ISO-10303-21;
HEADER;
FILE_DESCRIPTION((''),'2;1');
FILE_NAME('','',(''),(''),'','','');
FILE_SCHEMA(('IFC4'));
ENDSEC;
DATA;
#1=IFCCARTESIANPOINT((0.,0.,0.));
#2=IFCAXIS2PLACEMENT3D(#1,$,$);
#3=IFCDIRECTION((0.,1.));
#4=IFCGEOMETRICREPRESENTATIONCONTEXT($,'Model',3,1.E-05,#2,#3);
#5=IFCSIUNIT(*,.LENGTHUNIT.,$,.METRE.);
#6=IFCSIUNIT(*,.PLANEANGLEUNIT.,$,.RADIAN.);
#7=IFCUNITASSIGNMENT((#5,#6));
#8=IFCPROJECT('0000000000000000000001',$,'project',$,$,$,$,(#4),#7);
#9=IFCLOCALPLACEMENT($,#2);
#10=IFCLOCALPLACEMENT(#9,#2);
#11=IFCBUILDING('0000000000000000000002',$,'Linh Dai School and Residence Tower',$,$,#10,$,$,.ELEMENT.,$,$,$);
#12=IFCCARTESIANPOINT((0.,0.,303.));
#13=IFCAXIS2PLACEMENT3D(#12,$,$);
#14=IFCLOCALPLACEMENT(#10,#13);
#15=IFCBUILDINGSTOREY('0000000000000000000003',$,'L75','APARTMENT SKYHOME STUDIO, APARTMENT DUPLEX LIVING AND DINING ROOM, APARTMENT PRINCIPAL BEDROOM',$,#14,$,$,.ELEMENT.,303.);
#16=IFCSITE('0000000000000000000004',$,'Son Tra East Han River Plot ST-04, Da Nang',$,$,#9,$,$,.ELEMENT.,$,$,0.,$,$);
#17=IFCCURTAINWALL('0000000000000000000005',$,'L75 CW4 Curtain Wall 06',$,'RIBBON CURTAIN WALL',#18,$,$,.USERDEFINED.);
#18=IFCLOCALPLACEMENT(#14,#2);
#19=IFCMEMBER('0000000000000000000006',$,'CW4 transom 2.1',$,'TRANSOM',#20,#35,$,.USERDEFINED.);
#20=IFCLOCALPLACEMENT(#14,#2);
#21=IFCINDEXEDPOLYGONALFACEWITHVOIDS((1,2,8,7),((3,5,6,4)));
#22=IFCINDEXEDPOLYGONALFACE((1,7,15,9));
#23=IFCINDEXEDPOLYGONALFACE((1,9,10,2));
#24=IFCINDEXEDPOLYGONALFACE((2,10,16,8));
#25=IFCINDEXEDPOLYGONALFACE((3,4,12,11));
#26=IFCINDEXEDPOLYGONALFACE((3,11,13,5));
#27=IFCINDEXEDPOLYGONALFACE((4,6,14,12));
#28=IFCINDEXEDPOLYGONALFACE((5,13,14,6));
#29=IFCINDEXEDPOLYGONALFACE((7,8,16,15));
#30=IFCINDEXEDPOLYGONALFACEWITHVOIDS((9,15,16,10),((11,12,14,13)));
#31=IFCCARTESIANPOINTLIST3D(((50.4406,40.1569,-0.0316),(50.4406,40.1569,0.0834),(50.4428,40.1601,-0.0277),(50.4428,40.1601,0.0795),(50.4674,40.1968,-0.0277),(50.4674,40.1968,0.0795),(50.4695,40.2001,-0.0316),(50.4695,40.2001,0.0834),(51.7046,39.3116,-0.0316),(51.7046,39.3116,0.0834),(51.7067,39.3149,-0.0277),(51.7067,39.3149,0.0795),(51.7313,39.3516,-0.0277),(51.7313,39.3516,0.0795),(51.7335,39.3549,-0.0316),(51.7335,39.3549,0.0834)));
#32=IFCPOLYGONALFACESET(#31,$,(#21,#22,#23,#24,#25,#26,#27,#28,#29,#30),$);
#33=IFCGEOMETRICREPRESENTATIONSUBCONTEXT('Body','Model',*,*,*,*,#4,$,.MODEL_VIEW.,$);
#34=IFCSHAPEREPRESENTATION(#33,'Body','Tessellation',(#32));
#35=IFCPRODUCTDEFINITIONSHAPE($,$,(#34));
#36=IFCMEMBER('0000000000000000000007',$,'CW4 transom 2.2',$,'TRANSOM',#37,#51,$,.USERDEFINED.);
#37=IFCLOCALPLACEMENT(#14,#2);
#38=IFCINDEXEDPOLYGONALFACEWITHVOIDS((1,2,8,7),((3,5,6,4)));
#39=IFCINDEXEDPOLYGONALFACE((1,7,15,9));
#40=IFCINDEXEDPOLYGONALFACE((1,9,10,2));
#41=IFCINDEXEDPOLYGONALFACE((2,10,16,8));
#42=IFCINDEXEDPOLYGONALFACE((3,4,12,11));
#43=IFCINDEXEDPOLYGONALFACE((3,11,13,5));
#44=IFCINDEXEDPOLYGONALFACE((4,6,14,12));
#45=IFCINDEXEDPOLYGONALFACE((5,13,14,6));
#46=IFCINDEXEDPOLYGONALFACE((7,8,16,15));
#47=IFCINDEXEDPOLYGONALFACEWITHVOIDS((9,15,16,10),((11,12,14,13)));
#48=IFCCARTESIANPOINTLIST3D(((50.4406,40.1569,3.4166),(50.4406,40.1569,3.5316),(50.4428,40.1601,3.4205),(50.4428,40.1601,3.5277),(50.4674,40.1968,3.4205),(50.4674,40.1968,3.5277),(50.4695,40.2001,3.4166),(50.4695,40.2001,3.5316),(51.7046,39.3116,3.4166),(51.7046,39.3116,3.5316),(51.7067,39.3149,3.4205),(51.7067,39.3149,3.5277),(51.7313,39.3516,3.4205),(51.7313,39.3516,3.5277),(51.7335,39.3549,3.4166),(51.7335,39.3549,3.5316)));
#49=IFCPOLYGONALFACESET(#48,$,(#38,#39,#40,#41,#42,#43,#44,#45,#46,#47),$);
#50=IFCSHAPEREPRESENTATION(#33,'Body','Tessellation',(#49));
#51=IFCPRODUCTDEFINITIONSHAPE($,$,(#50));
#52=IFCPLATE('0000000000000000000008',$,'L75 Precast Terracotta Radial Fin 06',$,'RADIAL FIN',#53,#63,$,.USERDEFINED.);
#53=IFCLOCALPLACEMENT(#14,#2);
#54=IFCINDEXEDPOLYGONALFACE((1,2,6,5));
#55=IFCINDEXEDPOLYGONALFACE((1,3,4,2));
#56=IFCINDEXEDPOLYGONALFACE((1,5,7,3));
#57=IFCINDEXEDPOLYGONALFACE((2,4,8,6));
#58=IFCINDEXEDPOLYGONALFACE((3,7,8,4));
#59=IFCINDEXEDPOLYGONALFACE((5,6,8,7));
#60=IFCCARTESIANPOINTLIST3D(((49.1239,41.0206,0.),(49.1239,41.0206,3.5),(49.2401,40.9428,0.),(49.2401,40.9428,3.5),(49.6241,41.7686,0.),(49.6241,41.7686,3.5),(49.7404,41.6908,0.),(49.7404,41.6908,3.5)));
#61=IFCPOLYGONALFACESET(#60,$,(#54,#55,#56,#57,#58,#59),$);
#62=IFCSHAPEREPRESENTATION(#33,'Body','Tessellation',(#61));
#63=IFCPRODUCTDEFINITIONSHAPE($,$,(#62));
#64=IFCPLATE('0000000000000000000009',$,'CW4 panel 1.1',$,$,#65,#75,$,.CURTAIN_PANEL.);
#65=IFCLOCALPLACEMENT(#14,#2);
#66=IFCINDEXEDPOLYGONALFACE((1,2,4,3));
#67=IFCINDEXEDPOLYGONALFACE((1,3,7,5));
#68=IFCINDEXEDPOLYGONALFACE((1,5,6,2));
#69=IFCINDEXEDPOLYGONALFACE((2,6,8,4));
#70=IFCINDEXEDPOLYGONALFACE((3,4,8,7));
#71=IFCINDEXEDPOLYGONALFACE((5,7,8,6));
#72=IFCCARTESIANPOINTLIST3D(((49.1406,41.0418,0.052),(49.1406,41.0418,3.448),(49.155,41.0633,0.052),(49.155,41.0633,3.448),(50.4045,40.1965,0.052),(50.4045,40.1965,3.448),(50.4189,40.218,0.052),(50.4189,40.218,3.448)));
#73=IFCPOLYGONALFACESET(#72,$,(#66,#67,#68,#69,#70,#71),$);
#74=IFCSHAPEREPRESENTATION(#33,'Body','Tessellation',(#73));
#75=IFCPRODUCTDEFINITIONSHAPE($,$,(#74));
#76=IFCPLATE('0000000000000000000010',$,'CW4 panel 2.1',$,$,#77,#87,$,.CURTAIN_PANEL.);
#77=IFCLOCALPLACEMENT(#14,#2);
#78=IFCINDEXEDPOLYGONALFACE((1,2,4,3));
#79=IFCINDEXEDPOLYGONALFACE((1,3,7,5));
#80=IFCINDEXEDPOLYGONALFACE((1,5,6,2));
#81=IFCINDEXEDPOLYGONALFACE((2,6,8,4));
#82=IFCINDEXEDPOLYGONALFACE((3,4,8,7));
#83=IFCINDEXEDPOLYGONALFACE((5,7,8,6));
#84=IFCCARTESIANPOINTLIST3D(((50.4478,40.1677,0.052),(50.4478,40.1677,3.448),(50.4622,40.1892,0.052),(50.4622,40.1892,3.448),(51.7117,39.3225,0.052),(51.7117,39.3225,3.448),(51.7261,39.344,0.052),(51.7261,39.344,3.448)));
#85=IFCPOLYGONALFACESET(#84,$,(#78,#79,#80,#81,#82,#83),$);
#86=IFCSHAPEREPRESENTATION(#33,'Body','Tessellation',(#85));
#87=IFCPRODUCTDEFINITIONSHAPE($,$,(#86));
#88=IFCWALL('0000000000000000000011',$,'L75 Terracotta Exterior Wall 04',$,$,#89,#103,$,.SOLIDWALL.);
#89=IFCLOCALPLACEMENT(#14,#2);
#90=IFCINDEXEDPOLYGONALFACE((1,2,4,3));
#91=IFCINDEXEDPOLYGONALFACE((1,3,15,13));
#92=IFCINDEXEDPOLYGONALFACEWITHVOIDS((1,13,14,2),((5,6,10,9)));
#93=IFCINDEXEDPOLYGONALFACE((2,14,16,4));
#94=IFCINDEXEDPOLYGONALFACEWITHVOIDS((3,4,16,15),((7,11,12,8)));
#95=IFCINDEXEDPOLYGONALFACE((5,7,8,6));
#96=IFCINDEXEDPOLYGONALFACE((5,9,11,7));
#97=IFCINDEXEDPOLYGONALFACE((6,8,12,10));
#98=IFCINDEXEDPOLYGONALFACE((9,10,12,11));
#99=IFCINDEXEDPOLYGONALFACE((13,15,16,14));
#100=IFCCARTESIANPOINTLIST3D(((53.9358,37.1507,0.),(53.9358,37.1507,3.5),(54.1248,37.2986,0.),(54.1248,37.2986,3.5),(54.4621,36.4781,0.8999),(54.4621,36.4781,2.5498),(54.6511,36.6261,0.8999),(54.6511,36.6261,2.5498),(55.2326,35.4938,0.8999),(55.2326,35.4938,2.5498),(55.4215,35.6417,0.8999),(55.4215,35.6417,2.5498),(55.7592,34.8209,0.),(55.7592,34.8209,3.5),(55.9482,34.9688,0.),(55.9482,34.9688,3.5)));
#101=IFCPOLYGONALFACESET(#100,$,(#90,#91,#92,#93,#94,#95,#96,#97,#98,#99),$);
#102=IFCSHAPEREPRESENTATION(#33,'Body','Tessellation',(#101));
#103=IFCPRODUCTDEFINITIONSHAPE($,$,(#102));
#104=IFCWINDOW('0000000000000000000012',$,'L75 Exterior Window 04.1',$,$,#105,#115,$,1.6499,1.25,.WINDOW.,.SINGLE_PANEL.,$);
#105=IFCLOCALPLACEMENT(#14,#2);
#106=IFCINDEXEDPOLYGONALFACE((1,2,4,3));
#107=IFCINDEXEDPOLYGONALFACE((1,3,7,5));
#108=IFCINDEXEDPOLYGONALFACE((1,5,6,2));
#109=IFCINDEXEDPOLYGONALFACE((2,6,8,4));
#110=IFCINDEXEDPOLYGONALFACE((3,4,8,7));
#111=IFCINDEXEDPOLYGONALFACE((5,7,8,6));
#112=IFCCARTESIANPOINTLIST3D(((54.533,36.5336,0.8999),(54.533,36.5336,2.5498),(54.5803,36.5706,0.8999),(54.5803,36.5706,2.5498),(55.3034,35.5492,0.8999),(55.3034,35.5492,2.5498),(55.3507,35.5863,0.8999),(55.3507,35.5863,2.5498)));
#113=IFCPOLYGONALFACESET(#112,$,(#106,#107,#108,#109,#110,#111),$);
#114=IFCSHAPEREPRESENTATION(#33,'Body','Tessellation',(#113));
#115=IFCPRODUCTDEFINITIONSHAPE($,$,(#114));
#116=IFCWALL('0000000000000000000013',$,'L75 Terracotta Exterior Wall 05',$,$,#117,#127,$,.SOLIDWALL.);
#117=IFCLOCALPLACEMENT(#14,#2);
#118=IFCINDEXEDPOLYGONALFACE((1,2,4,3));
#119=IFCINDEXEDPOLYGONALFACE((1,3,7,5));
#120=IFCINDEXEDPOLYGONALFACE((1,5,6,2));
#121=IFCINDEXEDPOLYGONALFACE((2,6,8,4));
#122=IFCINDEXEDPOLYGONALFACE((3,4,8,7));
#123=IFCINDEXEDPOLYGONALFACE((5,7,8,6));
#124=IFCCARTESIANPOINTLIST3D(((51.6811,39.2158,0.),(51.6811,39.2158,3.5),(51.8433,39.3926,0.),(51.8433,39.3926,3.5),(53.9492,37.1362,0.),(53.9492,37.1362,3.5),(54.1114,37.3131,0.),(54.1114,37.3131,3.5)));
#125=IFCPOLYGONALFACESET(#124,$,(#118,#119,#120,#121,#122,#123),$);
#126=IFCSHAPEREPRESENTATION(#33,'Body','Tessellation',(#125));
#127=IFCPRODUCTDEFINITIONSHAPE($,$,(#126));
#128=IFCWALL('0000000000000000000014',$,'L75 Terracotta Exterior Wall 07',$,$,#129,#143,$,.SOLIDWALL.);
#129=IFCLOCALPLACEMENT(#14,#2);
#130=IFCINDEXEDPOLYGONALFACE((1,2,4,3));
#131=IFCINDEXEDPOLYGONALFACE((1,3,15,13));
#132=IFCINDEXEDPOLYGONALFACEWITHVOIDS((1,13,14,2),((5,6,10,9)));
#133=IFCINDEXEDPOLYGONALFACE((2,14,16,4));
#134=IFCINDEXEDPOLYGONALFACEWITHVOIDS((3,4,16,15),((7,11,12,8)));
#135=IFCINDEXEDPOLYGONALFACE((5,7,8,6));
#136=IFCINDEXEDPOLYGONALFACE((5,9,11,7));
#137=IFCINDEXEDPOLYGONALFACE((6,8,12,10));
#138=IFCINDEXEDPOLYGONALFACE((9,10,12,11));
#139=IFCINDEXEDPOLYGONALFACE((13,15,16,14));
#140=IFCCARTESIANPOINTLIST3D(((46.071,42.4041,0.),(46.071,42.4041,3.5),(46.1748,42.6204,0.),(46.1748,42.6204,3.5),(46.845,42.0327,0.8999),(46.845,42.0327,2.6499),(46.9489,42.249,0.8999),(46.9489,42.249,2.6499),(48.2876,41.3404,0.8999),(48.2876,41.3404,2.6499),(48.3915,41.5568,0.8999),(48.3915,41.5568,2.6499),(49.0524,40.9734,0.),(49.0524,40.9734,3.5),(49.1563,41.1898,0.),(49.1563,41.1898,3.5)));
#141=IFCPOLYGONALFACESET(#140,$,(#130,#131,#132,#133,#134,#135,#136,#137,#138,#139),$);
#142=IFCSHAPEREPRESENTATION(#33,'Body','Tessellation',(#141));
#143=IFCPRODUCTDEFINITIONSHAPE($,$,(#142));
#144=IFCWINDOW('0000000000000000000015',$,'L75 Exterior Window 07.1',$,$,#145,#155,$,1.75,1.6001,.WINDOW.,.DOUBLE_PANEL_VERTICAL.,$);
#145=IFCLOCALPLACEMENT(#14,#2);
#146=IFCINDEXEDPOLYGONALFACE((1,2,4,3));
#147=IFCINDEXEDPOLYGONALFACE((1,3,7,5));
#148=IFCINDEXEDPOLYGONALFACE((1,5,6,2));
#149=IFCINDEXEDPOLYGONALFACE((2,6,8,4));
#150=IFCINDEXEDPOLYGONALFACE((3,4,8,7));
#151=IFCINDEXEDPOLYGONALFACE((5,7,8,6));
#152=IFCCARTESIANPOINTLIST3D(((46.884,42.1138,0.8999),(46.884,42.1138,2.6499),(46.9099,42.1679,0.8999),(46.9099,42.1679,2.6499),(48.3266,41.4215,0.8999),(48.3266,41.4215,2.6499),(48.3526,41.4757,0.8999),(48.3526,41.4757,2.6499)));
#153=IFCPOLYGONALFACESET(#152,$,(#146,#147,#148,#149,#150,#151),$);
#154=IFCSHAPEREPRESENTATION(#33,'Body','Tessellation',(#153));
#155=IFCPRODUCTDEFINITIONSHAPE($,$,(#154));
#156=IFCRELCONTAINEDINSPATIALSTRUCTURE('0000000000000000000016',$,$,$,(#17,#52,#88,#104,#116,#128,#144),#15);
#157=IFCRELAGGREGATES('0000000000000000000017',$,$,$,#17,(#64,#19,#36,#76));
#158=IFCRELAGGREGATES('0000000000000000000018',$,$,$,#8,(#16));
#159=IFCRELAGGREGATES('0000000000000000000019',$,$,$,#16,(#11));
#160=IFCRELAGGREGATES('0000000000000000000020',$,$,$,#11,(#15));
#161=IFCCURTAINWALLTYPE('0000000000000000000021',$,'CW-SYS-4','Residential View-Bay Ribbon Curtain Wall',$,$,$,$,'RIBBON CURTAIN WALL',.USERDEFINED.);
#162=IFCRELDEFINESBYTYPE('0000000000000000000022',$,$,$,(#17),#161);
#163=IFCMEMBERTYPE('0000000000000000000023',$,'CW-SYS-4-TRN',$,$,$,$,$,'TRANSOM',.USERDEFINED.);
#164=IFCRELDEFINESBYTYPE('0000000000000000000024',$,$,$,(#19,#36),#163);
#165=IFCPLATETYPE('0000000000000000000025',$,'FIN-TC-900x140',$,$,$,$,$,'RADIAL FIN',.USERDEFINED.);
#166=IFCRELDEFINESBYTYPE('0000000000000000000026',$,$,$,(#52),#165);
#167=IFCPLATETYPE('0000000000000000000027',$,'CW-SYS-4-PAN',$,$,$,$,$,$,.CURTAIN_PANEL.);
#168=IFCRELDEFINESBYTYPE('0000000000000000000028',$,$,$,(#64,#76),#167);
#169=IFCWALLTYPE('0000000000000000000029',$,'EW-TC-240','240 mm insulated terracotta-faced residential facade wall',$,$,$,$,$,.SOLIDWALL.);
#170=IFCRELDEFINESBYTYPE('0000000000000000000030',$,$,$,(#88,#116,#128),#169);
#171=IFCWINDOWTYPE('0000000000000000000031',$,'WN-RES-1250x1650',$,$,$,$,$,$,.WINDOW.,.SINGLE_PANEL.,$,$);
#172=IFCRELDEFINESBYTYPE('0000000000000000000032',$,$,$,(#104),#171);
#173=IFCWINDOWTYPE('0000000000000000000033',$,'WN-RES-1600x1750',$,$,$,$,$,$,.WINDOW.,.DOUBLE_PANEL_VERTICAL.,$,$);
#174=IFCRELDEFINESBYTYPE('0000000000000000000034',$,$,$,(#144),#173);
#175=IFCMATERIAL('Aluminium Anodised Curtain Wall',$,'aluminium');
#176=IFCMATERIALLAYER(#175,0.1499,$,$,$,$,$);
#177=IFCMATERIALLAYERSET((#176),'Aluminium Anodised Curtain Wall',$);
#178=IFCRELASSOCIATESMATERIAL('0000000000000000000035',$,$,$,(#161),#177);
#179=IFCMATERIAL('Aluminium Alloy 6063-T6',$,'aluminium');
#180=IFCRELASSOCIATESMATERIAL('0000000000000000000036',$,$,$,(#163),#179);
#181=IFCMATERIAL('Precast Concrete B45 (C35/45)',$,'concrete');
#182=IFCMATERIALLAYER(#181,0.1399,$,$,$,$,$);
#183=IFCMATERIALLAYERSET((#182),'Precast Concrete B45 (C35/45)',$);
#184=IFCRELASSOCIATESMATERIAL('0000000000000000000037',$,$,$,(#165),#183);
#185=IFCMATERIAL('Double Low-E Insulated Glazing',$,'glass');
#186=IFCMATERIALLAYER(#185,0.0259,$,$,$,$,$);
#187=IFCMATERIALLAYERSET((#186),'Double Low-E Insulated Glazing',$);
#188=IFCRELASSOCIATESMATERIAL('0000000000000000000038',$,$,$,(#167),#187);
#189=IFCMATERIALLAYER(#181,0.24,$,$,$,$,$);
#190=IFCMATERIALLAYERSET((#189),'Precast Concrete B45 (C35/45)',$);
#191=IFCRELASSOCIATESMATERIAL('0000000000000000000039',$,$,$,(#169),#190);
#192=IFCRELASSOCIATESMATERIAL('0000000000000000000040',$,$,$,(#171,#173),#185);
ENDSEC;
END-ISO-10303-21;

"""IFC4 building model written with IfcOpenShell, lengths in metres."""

from ifc_helpers import new_model, si_unit, direction, frame, frame_2d, origin, origin_2d, place, context, subcontext, project, spatial, rectangle, hollow_rectangle, extrude, source, transform, mapped, material, layer, layer_set, material_profile, profile_set, type_object, element, fill, aggregate, save


model = new_model("IFC4")

# Units and contexts
model_context = context("Model", 3, precision=1e-05, world=origin(), true_north=direction((0.0, 1.0)))
body_context = subcontext(model_context, "Body", "Model", "MODEL_VIEW")
ifc_project = project(units=[si_unit("LENGTHUNIT", "METRE"), si_unit("PLANEANGLEUNIT", "RADIAN")], contexts=[model_context])

# Site, building, storey
site_placement = place(None, origin())
site = spatial("IfcSite", under=ifc_project, at=site_placement, Name="Son Tra East Han River Plot ST-04, Da Nang", CompositionType="ELEMENT", RefElevation=0.0)
building_placement = place(site_placement, origin())
building = spatial("IfcBuilding", under=site, at=building_placement, Name="Linh Dai School and Residence Tower", CompositionType="ELEMENT")
storey_placement = place(building_placement, frame((0.0, 0.0, 303.0)))
storey = spatial("IfcBuildingStorey", under=building, at=storey_placement, Name="L75", Description="APARTMENT SKYHOME STUDIO, APARTMENT DUPLEX LIVING AND DINING ROOM, APARTMENT PRINCIPAL BEDROOM", CompositionType="ELEMENT", Elevation=303.0)

# Curtain wall, members
ifc_material_1 = material(Name="Aluminium Anodised Curtain Wall", Category="aluminium")
ifc_layer_1 = layer(ifc_material_1, 0.1499)
ifc_layer_set_1 = layer_set([ifc_layer_1], Name="Aluminium Anodised Curtain Wall")
curtain_wall_type = type_object("IfcCurtainWallType", Name="CW-SYS-4", Description="Residential View-Bay Ribbon Curtain Wall", ElementType="RIBBON CURTAIN WALL", PredefinedType="USERDEFINED", material=ifc_layer_set_1)
curtain_wall_placement = place(storey_placement, origin())
curtain_wall = element("IfcCurtainWall", 1, at=curtain_wall_placement, inside=storey, type_object=curtain_wall_type, Name="L75 CW4 Curtain Wall 06", ObjectType="RIBBON CURTAIN WALL", PredefinedType="USERDEFINED")
ifc_material_2 = material(Name="Aluminium Alloy 6063-T6", Category="aluminium")
ifc_material_profile_1 = material_profile(ifc_material_2, hollow_rectangle(XDim=0.052, YDim=0.115, WallThickness=0.0039, at=origin_2d()), Name="RHS 115x52x4")
ifc_profile_set_1 = profile_set([ifc_material_profile_1], Name="Aluminium Alloy 6063-T6")
member_type_1 = type_object("IfcMemberType", Name="CW-SYS-4-TRN", ElementType="TRANSOM", PredefinedType="USERDEFINED", material=ifc_profile_set_1)
shared_shape_1 = source(origin(), body_context, "Body", "SweptSolid", [
    extrude(hollow_rectangle(XDim=0.052, YDim=0.115, WallThickness=0.0039, at=origin_2d()), origin(), (0.0, 0.0, 1.0), 1.5205),
])
member_1_placement = place(storey_placement, frame((50.4551, 40.1785, 0.0259), z_axis=(0.831259, -0.555885, 0.0), x_axis=(0.555885, 0.831259, 0.0)))
member_1 = element("IfcMember", 2, at=member_1_placement, type_object=member_type_1, Name="CW4 transom 2.1", ObjectType="TRANSOM", PredefinedType="USERDEFINED", context=body_context, shape_type="MappedRepresentation", body=[
    mapped(shared_shape_1, transform((0.0, 0.0, 0.0), x_axis=(1.0, 0.0, 0.0), y_axis=(0.0, 1.0, 0.0), z_axis=(0.0, 0.0, 1.0), scale=1.0)),
])
member_2_placement = place(storey_placement, frame((50.4551, 40.1785, 3.4741), z_axis=(0.831259, -0.555885, 0.0), x_axis=(0.555885, 0.831259, 0.0)))
member_2 = element("IfcMember", 3, at=member_2_placement, type_object=member_type_1, Name="CW4 transom 2.2", ObjectType="TRANSOM", PredefinedType="USERDEFINED", context=body_context, shape_type="MappedRepresentation", body=[
    mapped(shared_shape_1, transform((0.0, 0.0, 0.0), x_axis=(1.0, 0.0, 0.0), y_axis=(0.0, 1.0, 0.0), z_axis=(0.0, 0.0, 1.0), scale=1.0)),
])

# Plates
ifc_material_3 = material(Name="Precast Concrete B45 (C35/45)", Category="concrete")
ifc_layer_2 = layer(ifc_material_3, 0.1399)
ifc_layer_set_2 = layer_set([ifc_layer_2], Name="Precast Concrete B45 (C35/45)")
plate_type_1 = type_object("IfcPlateType", Name="FIN-TC-900x140", ElementType="RADIAL FIN", PredefinedType="USERDEFINED", material=ifc_layer_set_2)
shared_shape_2 = source(origin(), body_context, "Body", "SweptSolid", [
    extrude(rectangle(XDim=0.8999, YDim=0.1399, at=origin_2d()), origin(), (0.0, 0.0, 1.0), 3.5),
])
plate_1_placement = place(storey_placement, frame((49.4321, 41.3557, 0.0), z_axis=(0.0, 0.0, 1.0), x_axis=(0.555908, 0.831244, 0.0)))
element("IfcPlate", 4, at=plate_1_placement, inside=storey, type_object=plate_type_1, Name="L75 Precast Terracotta Radial Fin 06", ObjectType="RADIAL FIN", PredefinedType="USERDEFINED", context=body_context, shape_type="MappedRepresentation", body=[
    mapped(shared_shape_2, transform((0.0, 0.0, 0.0), x_axis=(1.0, 0.0, 0.0), y_axis=(0.0, 1.0, 0.0), z_axis=(0.0, 0.0, 1.0), scale=1.0)),
])
ifc_material_4 = material(Name="Double Low-E Insulated Glazing", Category="glass")
ifc_layer_3 = layer(ifc_material_4, 0.0259)
ifc_layer_set_3 = layer_set([ifc_layer_3], Name="Double Low-E Insulated Glazing")
plate_type_2 = type_object("IfcPlateType", Name="CW-SYS-4-PAN", PredefinedType="CURTAIN_PANEL", material=ifc_layer_set_3)
shared_shape_3 = source(origin(), body_context, "Body", "SweptSolid", [
    extrude(rectangle(XDim=1.5205, YDim=0.0259, at=origin_2d()), origin(), (0.0, 0.0, 1.0), 3.396),
])
plate_2_placement = place(storey_placement, frame((49.7798, 40.6299, 0.052), z_axis=(0.0, 0.0, 1.0), x_axis=(0.831244, -0.555908, 0.0)))
plate_2 = element("IfcPlate", 5, at=plate_2_placement, type_object=plate_type_2, Name="CW4 panel 1.1", PredefinedType="CURTAIN_PANEL", context=body_context, shape_type="MappedRepresentation", body=[
    mapped(shared_shape_3, transform((0.0, 0.0, 0.0), x_axis=(1.0, 0.0, 0.0), y_axis=(0.0, 1.0, 0.0), z_axis=(0.0, 0.0, 1.0), scale=1.0)),
])
plate_3_placement = place(storey_placement, frame((51.0869, 39.7559, 0.052), z_axis=(0.0, 0.0, 1.0), x_axis=(0.831244, -0.555908, 0.0)))
plate_3 = element("IfcPlate", 6, at=plate_3_placement, type_object=plate_type_2, Name="CW4 panel 2.1", PredefinedType="CURTAIN_PANEL", context=body_context, shape_type="MappedRepresentation", body=[
    mapped(shared_shape_3, transform((0.0, 0.0, 0.0), x_axis=(1.0, 0.0, 0.0), y_axis=(0.0, 1.0, 0.0), z_axis=(0.0, 0.0, 1.0), scale=1.0)),
])
aggregate(curtain_wall, [plate_2, member_1, member_2, plate_3])

# Wall, opening, window
ifc_layer_4 = layer(ifc_material_3, 0.24)
ifc_layer_set_4 = layer_set([ifc_layer_4], Name="Precast Concrete B45 (C35/45)")
wall_type_1 = type_object("IfcWallType", Name="EW-TC-240", Description="240 mm insulated terracotta-faced residential facade wall", PredefinedType="SOLIDWALL", material=ifc_layer_set_4)
wall_1_placement = place(storey_placement, frame((54.0303, 37.2246, 0.0), z_axis=(0.0, 0.0, 1.0), x_axis=(0.616337, -0.787482, 0.0)))
wall_1 = element("IfcWall", 7, at=wall_1_placement, inside=storey, type_object=wall_type_1, Name="L75 Terracotta Exterior Wall 04", PredefinedType="SOLIDWALL", context=body_context, shape_type="SweptSolid", body=[
    extrude(rectangle(XDim=2.9585, YDim=0.24, at=frame_2d((1.4792, 0.0))), origin(), (0.0, 0.0, 1.0), 3.5),
])
opening_1_placement = place(wall_1_placement, frame((0.854, 0.0, 0.8999)))
opening_1 = element("IfcOpeningElement", 8, at=opening_1_placement, cuts=wall_1, PredefinedType="OPENING", context=body_context, shape_type="SweptSolid", body=[
    extrude(rectangle(XDim=1.25, YDim=1.6499, at=origin_2d()), frame((0.625, 0.1299, 0.825), z_axis=(0.0, -1.0, 0.0), x_axis=(1.0, 0.0, 0.0)), (0.0, 0.0, 1.0), 0.26),
])
window_type_1 = type_object("IfcWindowType", Name="WN-RES-1250x1650", PartitioningType="SINGLE_PANEL", PredefinedType="WINDOW", material=ifc_material_4)
shared_shape_4 = source(origin(), body_context, "Body", "SweptSolid", [
    extrude(rectangle(XDim=1.25, YDim=1.6499, at=origin_2d()), frame((0.625, 0.03, 0.825), z_axis=(0.0, -1.0, 0.0), x_axis=(1.0, 0.0, 0.0)), (0.0, 0.0, 1.0), 0.0601),
])
window_1_placement = place(opening_1_placement, origin())
window_1 = element("IfcWindow", 9, at=window_1_placement, inside=storey, type_object=window_type_1, Name="L75 Exterior Window 04.1", OverallHeight=1.6499, OverallWidth=1.25, PartitioningType="SINGLE_PANEL", PredefinedType="WINDOW", context=body_context, shape_type="MappedRepresentation", body=[
    mapped(shared_shape_4, transform((0.0, 0.0, 0.0), x_axis=(1.0, 0.0, 0.0), y_axis=(0.0, 1.0, 0.0), z_axis=(0.0, 0.0, 1.0), scale=1.0)),
])
fill(opening_1, window_1)

# Wall
wall_2_placement = place(storey_placement, frame((51.7622, 39.3042, 0.0), z_axis=(0.0, 0.0, 1.0), x_axis=(0.737069, -0.675818, 0.0)))
element("IfcWall", 10, at=wall_2_placement, inside=storey, type_object=wall_type_1, Name="L75 Terracotta Exterior Wall 05", PredefinedType="SOLIDWALL", context=body_context, shape_type="SweptSolid", body=[
    extrude(rectangle(XDim=3.0771, YDim=0.24, at=frame_2d((1.5386, 0.0))), origin(), (0.0, 0.0, 1.0), 3.5),
])

# Wall, opening, window
wall_3_placement = place(storey_placement, frame((46.123, 42.5122, 0.0), z_axis=(0.0, 0.0, 1.0), x_axis=(0.901574, -0.432625, 0.0)))
wall_3 = element("IfcWall", 11, at=wall_3_placement, inside=storey, type_object=wall_type_1, Name="L75 Terracotta Exterior Wall 07", PredefinedType="SOLIDWALL", context=body_context, shape_type="SweptSolid", body=[
    extrude(rectangle(XDim=3.3069, YDim=0.24, at=frame_2d((1.6533, 0.0))), origin(), (0.0, 0.0, 1.0), 3.5),
])
opening_2_placement = place(wall_3_placement, frame((0.8584, 0.0, 0.8999)))
opening_2 = element("IfcOpeningElement", 12, at=opening_2_placement, cuts=wall_3, PredefinedType="OPENING", context=body_context, shape_type="SweptSolid", body=[
    extrude(rectangle(XDim=1.6001, YDim=1.75, at=origin_2d()), frame((0.8, 0.1299, 0.875), z_axis=(0.0, -1.0, 0.0), x_axis=(1.0, 0.0, 0.0)), (0.0, 0.0, 1.0), 0.26),
])
window_type_2 = type_object("IfcWindowType", Name="WN-RES-1600x1750", PartitioningType="DOUBLE_PANEL_VERTICAL", PredefinedType="WINDOW", material=ifc_material_4)
shared_shape_5 = source(origin(), body_context, "Body", "SweptSolid", [
    extrude(rectangle(XDim=1.6001, YDim=1.75, at=origin_2d()), frame((0.8, 0.03, 0.875), z_axis=(0.0, -1.0, 0.0), x_axis=(1.0, 0.0, 0.0)), (0.0, 0.0, 1.0), 0.0601),
])
window_2_placement = place(opening_2_placement, origin())
window_2 = element("IfcWindow", 13, at=window_2_placement, inside=storey, type_object=window_type_2, Name="L75 Exterior Window 07.1", OverallHeight=1.75, OverallWidth=1.6001, PartitioningType="DOUBLE_PANEL_VERTICAL", PredefinedType="WINDOW", context=body_context, shape_type="MappedRepresentation", body=[
    mapped(shared_shape_5, transform((0.0, 0.0, 0.0), x_axis=(1.0, 0.0, 0.0), y_axis=(0.0, 1.0, 0.0), z_axis=(0.0, 0.0, 1.0), scale=1.0)),
])
fill(opening_2, window_2)

save(model, "model.ifc")
